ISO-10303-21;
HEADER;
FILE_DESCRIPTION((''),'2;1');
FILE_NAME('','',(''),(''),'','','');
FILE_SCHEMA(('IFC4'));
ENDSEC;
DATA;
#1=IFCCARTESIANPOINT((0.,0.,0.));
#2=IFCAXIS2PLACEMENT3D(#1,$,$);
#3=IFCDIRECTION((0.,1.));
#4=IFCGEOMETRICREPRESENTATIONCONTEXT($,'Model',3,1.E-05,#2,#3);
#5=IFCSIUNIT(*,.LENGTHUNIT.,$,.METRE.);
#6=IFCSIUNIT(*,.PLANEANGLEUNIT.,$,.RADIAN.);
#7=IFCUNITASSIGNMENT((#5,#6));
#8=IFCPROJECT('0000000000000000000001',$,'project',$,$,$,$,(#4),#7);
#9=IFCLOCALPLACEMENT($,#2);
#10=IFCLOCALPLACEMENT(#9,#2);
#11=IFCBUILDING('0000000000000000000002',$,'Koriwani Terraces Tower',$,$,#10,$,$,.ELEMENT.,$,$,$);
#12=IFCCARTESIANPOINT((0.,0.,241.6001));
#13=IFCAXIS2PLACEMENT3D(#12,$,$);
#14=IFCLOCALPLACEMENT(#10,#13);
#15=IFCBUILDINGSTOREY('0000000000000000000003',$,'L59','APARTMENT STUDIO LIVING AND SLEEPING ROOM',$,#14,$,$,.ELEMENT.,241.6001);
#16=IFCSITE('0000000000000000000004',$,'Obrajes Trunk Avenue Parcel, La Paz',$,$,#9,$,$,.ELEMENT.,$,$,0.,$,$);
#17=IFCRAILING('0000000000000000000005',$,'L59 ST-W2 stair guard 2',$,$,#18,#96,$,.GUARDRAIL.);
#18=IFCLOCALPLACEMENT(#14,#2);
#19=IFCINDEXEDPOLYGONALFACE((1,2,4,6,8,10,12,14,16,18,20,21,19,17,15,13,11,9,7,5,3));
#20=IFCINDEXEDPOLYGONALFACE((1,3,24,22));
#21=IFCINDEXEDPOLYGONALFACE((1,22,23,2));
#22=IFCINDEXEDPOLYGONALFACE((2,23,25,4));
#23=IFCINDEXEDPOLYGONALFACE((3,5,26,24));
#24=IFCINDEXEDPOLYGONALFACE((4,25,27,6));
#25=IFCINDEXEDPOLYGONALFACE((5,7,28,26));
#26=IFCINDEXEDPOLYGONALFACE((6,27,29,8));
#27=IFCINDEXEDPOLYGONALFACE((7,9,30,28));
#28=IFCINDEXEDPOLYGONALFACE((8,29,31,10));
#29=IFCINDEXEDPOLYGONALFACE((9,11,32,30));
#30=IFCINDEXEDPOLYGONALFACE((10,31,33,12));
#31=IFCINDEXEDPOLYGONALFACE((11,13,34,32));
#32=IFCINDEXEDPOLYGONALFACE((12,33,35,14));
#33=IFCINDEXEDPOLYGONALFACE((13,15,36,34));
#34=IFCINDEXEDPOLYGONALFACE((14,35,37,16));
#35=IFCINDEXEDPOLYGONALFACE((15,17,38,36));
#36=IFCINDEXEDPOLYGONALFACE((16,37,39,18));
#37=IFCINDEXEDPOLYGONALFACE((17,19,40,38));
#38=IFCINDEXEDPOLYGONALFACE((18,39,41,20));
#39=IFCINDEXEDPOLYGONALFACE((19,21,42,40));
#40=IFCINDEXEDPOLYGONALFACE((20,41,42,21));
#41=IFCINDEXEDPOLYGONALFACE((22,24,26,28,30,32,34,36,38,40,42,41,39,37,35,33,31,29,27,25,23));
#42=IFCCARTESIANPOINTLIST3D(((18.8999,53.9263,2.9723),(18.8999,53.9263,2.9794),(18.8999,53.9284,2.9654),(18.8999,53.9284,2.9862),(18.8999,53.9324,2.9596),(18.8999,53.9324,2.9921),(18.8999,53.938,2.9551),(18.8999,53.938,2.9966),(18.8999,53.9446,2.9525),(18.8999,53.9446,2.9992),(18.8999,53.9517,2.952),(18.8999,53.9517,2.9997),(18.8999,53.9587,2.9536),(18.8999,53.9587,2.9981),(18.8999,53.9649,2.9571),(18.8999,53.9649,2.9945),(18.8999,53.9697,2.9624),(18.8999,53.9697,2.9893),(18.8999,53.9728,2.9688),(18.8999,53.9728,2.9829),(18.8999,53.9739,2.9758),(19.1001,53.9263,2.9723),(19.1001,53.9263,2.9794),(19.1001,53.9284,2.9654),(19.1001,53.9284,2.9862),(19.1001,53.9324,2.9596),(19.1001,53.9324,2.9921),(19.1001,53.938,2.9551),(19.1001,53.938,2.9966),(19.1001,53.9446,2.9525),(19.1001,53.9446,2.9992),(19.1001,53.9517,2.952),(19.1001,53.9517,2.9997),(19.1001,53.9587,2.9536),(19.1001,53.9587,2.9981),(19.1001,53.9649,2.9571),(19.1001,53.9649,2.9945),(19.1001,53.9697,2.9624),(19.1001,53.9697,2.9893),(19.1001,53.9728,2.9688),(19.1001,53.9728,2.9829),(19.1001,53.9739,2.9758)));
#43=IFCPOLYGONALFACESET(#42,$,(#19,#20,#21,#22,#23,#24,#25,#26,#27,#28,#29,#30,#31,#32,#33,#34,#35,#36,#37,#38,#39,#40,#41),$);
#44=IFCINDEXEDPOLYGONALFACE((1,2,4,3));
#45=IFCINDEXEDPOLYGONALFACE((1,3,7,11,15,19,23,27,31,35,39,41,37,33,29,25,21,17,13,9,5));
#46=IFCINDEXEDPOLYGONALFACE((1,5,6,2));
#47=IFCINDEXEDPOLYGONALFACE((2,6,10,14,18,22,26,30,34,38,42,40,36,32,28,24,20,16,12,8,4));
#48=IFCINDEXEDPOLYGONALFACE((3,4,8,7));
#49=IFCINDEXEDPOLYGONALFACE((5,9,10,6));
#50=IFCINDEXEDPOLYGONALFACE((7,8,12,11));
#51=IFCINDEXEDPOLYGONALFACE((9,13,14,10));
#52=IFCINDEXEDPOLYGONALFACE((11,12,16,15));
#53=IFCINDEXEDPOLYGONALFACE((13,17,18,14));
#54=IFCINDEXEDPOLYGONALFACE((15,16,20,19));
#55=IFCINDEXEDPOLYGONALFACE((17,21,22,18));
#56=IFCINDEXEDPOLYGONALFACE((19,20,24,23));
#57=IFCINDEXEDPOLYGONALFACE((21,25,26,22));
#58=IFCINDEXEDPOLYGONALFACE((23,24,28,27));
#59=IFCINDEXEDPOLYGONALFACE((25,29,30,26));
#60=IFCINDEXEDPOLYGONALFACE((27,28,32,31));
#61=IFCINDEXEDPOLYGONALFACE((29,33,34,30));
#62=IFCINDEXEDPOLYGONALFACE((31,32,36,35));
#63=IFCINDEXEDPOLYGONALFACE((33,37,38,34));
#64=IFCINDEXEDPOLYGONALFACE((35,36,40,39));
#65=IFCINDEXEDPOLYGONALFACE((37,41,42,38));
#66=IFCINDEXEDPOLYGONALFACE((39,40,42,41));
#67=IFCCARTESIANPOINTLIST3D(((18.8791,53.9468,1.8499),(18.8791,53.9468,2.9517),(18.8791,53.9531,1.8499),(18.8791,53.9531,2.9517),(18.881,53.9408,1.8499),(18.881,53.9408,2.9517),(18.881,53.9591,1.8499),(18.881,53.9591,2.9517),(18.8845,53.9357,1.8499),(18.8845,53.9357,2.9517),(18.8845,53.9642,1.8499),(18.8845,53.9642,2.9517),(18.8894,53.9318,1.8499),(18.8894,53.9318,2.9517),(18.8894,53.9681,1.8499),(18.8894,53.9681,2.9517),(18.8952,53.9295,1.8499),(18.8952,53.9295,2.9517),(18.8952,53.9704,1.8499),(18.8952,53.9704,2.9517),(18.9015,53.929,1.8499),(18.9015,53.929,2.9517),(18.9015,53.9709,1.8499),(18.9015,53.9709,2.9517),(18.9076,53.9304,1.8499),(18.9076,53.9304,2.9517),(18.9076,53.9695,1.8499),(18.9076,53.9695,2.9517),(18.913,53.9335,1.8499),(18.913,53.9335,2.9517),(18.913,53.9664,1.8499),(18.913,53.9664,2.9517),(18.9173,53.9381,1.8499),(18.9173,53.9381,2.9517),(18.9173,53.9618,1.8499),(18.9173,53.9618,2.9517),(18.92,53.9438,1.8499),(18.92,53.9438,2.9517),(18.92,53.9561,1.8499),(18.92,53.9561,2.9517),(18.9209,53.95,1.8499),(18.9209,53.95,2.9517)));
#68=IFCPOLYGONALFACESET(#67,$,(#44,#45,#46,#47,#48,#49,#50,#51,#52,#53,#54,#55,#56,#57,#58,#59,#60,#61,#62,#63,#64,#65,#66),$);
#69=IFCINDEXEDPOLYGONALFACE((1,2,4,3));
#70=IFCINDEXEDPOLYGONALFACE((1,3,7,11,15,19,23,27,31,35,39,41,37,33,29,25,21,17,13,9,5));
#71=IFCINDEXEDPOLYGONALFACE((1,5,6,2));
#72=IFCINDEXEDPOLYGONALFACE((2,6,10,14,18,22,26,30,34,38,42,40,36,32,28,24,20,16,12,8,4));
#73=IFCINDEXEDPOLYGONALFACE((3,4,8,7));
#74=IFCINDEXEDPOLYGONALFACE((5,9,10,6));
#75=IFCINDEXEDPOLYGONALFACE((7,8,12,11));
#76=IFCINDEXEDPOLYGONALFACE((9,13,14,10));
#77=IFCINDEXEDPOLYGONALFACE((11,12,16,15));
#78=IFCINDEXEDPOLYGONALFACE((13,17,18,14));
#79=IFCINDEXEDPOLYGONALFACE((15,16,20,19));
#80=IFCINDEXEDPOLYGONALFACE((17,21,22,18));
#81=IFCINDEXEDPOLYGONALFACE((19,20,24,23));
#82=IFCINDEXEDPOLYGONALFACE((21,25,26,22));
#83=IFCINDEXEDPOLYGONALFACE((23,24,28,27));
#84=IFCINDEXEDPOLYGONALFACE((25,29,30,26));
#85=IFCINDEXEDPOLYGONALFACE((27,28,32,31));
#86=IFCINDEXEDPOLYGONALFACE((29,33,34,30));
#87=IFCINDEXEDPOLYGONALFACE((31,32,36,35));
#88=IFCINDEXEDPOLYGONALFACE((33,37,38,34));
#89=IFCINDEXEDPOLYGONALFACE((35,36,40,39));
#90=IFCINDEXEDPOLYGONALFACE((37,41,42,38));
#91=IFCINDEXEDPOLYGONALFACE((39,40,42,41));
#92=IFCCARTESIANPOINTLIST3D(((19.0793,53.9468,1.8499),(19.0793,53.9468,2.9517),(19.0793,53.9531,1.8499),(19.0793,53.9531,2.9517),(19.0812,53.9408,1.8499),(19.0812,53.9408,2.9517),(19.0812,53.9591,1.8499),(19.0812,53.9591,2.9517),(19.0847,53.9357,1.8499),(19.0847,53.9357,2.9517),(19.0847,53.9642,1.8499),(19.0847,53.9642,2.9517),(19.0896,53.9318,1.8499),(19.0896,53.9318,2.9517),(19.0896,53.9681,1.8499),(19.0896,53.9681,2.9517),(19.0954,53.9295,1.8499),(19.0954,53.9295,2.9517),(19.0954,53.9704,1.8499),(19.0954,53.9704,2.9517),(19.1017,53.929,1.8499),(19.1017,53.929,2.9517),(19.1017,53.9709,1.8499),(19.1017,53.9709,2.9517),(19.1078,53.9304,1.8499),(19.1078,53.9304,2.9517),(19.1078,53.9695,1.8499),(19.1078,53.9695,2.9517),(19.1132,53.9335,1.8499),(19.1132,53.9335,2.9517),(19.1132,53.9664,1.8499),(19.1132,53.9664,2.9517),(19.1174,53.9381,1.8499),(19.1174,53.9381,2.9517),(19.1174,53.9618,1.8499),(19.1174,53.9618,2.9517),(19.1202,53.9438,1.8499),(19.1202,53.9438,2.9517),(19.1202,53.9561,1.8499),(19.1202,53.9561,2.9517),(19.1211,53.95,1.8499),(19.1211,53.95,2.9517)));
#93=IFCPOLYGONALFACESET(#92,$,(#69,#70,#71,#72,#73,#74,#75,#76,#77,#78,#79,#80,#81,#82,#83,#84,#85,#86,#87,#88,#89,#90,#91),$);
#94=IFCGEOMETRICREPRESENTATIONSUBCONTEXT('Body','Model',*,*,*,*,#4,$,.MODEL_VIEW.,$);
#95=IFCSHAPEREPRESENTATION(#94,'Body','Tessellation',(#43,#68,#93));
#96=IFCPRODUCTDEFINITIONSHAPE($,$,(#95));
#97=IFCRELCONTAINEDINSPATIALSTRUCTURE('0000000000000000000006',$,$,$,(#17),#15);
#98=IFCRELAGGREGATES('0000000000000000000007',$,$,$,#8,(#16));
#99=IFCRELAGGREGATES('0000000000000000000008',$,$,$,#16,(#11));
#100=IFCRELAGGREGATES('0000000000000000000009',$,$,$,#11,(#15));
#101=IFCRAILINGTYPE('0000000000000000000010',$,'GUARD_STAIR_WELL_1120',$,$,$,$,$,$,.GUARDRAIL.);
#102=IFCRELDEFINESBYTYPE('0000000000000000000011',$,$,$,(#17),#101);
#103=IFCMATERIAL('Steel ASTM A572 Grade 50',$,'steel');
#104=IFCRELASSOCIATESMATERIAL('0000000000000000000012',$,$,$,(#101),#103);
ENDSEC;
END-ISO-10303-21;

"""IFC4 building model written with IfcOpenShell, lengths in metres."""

from ifc_helpers import new_model, si_unit, direction, frame, origin, origin_2d, place, context, subcontext, project, spatial, circle, extrude, material, type_object, element, save


model = new_model("IFC4")

# Units and contexts
model_context = context("Model", 3, precision=1e-05, world=origin(), true_north=direction((0.0, 1.0)))
body_context = subcontext(model_context, "Body", "Model", "MODEL_VIEW")
ifc_project = project(units=[si_unit("LENGTHUNIT", "METRE"), si_unit("PLANEANGLEUNIT", "RADIAN")], contexts=[model_context])

# Site, building, storey
site_placement = place(None, origin())
site = spatial("IfcSite", under=ifc_project, at=site_placement, Name="Obrajes Trunk Avenue Parcel, La Paz", CompositionType="ELEMENT", RefElevation=0.0)
building_placement = place(site_placement, origin())
building = spatial("IfcBuilding", under=site, at=building_placement, Name="Koriwani Terraces Tower", CompositionType="ELEMENT")
storey_placement = place(building_placement, frame((0.0, 0.0, 241.6001)))
storey = spatial("IfcBuildingStorey", under=building, at=storey_placement, Name="L59", Description="APARTMENT STUDIO LIVING AND SLEEPING ROOM", CompositionType="ELEMENT", Elevation=241.6001)

# Shared definitions
ifc_material_1 = material(Name="Steel ASTM A572 Grade 50", Category="steel")

# Railing
railing_type_1 = type_object("IfcRailingType", Name="GUARD_STAIR_WELL_1120", PredefinedType="GUARDRAIL", material=ifc_material_1)
railing_1_placement = place(storey_placement, frame((18.8999, 53.95, 1.8499)))
element("IfcRailing", 1, at=railing_1_placement, inside=storey, type_object=railing_type_1, Name="L59 ST-W2 stair guard 2", PredefinedType="GUARDRAIL", context=body_context, shape_type="SweptSolid", body=[
    extrude(circle(Radius=0.0239, at=origin_2d()), frame((0.0, 0.0, 1.126), z_axis=(1.0, 0.0, 0.0), x_axis=(0.0, 1.0, 0.0)), (0.0, 0.0, 1.0), 0.2002),
    extrude(circle(Radius=0.021, at=origin_2d()), origin(), (0.0, 0.0, 1.0), 1.1018),
    extrude(circle(Radius=0.021, at=origin_2d()), frame((0.2002, 0.0, 0.0)), (0.0, 0.0, 1.0), 1.1018),
])

save(model, "model.ifc")
